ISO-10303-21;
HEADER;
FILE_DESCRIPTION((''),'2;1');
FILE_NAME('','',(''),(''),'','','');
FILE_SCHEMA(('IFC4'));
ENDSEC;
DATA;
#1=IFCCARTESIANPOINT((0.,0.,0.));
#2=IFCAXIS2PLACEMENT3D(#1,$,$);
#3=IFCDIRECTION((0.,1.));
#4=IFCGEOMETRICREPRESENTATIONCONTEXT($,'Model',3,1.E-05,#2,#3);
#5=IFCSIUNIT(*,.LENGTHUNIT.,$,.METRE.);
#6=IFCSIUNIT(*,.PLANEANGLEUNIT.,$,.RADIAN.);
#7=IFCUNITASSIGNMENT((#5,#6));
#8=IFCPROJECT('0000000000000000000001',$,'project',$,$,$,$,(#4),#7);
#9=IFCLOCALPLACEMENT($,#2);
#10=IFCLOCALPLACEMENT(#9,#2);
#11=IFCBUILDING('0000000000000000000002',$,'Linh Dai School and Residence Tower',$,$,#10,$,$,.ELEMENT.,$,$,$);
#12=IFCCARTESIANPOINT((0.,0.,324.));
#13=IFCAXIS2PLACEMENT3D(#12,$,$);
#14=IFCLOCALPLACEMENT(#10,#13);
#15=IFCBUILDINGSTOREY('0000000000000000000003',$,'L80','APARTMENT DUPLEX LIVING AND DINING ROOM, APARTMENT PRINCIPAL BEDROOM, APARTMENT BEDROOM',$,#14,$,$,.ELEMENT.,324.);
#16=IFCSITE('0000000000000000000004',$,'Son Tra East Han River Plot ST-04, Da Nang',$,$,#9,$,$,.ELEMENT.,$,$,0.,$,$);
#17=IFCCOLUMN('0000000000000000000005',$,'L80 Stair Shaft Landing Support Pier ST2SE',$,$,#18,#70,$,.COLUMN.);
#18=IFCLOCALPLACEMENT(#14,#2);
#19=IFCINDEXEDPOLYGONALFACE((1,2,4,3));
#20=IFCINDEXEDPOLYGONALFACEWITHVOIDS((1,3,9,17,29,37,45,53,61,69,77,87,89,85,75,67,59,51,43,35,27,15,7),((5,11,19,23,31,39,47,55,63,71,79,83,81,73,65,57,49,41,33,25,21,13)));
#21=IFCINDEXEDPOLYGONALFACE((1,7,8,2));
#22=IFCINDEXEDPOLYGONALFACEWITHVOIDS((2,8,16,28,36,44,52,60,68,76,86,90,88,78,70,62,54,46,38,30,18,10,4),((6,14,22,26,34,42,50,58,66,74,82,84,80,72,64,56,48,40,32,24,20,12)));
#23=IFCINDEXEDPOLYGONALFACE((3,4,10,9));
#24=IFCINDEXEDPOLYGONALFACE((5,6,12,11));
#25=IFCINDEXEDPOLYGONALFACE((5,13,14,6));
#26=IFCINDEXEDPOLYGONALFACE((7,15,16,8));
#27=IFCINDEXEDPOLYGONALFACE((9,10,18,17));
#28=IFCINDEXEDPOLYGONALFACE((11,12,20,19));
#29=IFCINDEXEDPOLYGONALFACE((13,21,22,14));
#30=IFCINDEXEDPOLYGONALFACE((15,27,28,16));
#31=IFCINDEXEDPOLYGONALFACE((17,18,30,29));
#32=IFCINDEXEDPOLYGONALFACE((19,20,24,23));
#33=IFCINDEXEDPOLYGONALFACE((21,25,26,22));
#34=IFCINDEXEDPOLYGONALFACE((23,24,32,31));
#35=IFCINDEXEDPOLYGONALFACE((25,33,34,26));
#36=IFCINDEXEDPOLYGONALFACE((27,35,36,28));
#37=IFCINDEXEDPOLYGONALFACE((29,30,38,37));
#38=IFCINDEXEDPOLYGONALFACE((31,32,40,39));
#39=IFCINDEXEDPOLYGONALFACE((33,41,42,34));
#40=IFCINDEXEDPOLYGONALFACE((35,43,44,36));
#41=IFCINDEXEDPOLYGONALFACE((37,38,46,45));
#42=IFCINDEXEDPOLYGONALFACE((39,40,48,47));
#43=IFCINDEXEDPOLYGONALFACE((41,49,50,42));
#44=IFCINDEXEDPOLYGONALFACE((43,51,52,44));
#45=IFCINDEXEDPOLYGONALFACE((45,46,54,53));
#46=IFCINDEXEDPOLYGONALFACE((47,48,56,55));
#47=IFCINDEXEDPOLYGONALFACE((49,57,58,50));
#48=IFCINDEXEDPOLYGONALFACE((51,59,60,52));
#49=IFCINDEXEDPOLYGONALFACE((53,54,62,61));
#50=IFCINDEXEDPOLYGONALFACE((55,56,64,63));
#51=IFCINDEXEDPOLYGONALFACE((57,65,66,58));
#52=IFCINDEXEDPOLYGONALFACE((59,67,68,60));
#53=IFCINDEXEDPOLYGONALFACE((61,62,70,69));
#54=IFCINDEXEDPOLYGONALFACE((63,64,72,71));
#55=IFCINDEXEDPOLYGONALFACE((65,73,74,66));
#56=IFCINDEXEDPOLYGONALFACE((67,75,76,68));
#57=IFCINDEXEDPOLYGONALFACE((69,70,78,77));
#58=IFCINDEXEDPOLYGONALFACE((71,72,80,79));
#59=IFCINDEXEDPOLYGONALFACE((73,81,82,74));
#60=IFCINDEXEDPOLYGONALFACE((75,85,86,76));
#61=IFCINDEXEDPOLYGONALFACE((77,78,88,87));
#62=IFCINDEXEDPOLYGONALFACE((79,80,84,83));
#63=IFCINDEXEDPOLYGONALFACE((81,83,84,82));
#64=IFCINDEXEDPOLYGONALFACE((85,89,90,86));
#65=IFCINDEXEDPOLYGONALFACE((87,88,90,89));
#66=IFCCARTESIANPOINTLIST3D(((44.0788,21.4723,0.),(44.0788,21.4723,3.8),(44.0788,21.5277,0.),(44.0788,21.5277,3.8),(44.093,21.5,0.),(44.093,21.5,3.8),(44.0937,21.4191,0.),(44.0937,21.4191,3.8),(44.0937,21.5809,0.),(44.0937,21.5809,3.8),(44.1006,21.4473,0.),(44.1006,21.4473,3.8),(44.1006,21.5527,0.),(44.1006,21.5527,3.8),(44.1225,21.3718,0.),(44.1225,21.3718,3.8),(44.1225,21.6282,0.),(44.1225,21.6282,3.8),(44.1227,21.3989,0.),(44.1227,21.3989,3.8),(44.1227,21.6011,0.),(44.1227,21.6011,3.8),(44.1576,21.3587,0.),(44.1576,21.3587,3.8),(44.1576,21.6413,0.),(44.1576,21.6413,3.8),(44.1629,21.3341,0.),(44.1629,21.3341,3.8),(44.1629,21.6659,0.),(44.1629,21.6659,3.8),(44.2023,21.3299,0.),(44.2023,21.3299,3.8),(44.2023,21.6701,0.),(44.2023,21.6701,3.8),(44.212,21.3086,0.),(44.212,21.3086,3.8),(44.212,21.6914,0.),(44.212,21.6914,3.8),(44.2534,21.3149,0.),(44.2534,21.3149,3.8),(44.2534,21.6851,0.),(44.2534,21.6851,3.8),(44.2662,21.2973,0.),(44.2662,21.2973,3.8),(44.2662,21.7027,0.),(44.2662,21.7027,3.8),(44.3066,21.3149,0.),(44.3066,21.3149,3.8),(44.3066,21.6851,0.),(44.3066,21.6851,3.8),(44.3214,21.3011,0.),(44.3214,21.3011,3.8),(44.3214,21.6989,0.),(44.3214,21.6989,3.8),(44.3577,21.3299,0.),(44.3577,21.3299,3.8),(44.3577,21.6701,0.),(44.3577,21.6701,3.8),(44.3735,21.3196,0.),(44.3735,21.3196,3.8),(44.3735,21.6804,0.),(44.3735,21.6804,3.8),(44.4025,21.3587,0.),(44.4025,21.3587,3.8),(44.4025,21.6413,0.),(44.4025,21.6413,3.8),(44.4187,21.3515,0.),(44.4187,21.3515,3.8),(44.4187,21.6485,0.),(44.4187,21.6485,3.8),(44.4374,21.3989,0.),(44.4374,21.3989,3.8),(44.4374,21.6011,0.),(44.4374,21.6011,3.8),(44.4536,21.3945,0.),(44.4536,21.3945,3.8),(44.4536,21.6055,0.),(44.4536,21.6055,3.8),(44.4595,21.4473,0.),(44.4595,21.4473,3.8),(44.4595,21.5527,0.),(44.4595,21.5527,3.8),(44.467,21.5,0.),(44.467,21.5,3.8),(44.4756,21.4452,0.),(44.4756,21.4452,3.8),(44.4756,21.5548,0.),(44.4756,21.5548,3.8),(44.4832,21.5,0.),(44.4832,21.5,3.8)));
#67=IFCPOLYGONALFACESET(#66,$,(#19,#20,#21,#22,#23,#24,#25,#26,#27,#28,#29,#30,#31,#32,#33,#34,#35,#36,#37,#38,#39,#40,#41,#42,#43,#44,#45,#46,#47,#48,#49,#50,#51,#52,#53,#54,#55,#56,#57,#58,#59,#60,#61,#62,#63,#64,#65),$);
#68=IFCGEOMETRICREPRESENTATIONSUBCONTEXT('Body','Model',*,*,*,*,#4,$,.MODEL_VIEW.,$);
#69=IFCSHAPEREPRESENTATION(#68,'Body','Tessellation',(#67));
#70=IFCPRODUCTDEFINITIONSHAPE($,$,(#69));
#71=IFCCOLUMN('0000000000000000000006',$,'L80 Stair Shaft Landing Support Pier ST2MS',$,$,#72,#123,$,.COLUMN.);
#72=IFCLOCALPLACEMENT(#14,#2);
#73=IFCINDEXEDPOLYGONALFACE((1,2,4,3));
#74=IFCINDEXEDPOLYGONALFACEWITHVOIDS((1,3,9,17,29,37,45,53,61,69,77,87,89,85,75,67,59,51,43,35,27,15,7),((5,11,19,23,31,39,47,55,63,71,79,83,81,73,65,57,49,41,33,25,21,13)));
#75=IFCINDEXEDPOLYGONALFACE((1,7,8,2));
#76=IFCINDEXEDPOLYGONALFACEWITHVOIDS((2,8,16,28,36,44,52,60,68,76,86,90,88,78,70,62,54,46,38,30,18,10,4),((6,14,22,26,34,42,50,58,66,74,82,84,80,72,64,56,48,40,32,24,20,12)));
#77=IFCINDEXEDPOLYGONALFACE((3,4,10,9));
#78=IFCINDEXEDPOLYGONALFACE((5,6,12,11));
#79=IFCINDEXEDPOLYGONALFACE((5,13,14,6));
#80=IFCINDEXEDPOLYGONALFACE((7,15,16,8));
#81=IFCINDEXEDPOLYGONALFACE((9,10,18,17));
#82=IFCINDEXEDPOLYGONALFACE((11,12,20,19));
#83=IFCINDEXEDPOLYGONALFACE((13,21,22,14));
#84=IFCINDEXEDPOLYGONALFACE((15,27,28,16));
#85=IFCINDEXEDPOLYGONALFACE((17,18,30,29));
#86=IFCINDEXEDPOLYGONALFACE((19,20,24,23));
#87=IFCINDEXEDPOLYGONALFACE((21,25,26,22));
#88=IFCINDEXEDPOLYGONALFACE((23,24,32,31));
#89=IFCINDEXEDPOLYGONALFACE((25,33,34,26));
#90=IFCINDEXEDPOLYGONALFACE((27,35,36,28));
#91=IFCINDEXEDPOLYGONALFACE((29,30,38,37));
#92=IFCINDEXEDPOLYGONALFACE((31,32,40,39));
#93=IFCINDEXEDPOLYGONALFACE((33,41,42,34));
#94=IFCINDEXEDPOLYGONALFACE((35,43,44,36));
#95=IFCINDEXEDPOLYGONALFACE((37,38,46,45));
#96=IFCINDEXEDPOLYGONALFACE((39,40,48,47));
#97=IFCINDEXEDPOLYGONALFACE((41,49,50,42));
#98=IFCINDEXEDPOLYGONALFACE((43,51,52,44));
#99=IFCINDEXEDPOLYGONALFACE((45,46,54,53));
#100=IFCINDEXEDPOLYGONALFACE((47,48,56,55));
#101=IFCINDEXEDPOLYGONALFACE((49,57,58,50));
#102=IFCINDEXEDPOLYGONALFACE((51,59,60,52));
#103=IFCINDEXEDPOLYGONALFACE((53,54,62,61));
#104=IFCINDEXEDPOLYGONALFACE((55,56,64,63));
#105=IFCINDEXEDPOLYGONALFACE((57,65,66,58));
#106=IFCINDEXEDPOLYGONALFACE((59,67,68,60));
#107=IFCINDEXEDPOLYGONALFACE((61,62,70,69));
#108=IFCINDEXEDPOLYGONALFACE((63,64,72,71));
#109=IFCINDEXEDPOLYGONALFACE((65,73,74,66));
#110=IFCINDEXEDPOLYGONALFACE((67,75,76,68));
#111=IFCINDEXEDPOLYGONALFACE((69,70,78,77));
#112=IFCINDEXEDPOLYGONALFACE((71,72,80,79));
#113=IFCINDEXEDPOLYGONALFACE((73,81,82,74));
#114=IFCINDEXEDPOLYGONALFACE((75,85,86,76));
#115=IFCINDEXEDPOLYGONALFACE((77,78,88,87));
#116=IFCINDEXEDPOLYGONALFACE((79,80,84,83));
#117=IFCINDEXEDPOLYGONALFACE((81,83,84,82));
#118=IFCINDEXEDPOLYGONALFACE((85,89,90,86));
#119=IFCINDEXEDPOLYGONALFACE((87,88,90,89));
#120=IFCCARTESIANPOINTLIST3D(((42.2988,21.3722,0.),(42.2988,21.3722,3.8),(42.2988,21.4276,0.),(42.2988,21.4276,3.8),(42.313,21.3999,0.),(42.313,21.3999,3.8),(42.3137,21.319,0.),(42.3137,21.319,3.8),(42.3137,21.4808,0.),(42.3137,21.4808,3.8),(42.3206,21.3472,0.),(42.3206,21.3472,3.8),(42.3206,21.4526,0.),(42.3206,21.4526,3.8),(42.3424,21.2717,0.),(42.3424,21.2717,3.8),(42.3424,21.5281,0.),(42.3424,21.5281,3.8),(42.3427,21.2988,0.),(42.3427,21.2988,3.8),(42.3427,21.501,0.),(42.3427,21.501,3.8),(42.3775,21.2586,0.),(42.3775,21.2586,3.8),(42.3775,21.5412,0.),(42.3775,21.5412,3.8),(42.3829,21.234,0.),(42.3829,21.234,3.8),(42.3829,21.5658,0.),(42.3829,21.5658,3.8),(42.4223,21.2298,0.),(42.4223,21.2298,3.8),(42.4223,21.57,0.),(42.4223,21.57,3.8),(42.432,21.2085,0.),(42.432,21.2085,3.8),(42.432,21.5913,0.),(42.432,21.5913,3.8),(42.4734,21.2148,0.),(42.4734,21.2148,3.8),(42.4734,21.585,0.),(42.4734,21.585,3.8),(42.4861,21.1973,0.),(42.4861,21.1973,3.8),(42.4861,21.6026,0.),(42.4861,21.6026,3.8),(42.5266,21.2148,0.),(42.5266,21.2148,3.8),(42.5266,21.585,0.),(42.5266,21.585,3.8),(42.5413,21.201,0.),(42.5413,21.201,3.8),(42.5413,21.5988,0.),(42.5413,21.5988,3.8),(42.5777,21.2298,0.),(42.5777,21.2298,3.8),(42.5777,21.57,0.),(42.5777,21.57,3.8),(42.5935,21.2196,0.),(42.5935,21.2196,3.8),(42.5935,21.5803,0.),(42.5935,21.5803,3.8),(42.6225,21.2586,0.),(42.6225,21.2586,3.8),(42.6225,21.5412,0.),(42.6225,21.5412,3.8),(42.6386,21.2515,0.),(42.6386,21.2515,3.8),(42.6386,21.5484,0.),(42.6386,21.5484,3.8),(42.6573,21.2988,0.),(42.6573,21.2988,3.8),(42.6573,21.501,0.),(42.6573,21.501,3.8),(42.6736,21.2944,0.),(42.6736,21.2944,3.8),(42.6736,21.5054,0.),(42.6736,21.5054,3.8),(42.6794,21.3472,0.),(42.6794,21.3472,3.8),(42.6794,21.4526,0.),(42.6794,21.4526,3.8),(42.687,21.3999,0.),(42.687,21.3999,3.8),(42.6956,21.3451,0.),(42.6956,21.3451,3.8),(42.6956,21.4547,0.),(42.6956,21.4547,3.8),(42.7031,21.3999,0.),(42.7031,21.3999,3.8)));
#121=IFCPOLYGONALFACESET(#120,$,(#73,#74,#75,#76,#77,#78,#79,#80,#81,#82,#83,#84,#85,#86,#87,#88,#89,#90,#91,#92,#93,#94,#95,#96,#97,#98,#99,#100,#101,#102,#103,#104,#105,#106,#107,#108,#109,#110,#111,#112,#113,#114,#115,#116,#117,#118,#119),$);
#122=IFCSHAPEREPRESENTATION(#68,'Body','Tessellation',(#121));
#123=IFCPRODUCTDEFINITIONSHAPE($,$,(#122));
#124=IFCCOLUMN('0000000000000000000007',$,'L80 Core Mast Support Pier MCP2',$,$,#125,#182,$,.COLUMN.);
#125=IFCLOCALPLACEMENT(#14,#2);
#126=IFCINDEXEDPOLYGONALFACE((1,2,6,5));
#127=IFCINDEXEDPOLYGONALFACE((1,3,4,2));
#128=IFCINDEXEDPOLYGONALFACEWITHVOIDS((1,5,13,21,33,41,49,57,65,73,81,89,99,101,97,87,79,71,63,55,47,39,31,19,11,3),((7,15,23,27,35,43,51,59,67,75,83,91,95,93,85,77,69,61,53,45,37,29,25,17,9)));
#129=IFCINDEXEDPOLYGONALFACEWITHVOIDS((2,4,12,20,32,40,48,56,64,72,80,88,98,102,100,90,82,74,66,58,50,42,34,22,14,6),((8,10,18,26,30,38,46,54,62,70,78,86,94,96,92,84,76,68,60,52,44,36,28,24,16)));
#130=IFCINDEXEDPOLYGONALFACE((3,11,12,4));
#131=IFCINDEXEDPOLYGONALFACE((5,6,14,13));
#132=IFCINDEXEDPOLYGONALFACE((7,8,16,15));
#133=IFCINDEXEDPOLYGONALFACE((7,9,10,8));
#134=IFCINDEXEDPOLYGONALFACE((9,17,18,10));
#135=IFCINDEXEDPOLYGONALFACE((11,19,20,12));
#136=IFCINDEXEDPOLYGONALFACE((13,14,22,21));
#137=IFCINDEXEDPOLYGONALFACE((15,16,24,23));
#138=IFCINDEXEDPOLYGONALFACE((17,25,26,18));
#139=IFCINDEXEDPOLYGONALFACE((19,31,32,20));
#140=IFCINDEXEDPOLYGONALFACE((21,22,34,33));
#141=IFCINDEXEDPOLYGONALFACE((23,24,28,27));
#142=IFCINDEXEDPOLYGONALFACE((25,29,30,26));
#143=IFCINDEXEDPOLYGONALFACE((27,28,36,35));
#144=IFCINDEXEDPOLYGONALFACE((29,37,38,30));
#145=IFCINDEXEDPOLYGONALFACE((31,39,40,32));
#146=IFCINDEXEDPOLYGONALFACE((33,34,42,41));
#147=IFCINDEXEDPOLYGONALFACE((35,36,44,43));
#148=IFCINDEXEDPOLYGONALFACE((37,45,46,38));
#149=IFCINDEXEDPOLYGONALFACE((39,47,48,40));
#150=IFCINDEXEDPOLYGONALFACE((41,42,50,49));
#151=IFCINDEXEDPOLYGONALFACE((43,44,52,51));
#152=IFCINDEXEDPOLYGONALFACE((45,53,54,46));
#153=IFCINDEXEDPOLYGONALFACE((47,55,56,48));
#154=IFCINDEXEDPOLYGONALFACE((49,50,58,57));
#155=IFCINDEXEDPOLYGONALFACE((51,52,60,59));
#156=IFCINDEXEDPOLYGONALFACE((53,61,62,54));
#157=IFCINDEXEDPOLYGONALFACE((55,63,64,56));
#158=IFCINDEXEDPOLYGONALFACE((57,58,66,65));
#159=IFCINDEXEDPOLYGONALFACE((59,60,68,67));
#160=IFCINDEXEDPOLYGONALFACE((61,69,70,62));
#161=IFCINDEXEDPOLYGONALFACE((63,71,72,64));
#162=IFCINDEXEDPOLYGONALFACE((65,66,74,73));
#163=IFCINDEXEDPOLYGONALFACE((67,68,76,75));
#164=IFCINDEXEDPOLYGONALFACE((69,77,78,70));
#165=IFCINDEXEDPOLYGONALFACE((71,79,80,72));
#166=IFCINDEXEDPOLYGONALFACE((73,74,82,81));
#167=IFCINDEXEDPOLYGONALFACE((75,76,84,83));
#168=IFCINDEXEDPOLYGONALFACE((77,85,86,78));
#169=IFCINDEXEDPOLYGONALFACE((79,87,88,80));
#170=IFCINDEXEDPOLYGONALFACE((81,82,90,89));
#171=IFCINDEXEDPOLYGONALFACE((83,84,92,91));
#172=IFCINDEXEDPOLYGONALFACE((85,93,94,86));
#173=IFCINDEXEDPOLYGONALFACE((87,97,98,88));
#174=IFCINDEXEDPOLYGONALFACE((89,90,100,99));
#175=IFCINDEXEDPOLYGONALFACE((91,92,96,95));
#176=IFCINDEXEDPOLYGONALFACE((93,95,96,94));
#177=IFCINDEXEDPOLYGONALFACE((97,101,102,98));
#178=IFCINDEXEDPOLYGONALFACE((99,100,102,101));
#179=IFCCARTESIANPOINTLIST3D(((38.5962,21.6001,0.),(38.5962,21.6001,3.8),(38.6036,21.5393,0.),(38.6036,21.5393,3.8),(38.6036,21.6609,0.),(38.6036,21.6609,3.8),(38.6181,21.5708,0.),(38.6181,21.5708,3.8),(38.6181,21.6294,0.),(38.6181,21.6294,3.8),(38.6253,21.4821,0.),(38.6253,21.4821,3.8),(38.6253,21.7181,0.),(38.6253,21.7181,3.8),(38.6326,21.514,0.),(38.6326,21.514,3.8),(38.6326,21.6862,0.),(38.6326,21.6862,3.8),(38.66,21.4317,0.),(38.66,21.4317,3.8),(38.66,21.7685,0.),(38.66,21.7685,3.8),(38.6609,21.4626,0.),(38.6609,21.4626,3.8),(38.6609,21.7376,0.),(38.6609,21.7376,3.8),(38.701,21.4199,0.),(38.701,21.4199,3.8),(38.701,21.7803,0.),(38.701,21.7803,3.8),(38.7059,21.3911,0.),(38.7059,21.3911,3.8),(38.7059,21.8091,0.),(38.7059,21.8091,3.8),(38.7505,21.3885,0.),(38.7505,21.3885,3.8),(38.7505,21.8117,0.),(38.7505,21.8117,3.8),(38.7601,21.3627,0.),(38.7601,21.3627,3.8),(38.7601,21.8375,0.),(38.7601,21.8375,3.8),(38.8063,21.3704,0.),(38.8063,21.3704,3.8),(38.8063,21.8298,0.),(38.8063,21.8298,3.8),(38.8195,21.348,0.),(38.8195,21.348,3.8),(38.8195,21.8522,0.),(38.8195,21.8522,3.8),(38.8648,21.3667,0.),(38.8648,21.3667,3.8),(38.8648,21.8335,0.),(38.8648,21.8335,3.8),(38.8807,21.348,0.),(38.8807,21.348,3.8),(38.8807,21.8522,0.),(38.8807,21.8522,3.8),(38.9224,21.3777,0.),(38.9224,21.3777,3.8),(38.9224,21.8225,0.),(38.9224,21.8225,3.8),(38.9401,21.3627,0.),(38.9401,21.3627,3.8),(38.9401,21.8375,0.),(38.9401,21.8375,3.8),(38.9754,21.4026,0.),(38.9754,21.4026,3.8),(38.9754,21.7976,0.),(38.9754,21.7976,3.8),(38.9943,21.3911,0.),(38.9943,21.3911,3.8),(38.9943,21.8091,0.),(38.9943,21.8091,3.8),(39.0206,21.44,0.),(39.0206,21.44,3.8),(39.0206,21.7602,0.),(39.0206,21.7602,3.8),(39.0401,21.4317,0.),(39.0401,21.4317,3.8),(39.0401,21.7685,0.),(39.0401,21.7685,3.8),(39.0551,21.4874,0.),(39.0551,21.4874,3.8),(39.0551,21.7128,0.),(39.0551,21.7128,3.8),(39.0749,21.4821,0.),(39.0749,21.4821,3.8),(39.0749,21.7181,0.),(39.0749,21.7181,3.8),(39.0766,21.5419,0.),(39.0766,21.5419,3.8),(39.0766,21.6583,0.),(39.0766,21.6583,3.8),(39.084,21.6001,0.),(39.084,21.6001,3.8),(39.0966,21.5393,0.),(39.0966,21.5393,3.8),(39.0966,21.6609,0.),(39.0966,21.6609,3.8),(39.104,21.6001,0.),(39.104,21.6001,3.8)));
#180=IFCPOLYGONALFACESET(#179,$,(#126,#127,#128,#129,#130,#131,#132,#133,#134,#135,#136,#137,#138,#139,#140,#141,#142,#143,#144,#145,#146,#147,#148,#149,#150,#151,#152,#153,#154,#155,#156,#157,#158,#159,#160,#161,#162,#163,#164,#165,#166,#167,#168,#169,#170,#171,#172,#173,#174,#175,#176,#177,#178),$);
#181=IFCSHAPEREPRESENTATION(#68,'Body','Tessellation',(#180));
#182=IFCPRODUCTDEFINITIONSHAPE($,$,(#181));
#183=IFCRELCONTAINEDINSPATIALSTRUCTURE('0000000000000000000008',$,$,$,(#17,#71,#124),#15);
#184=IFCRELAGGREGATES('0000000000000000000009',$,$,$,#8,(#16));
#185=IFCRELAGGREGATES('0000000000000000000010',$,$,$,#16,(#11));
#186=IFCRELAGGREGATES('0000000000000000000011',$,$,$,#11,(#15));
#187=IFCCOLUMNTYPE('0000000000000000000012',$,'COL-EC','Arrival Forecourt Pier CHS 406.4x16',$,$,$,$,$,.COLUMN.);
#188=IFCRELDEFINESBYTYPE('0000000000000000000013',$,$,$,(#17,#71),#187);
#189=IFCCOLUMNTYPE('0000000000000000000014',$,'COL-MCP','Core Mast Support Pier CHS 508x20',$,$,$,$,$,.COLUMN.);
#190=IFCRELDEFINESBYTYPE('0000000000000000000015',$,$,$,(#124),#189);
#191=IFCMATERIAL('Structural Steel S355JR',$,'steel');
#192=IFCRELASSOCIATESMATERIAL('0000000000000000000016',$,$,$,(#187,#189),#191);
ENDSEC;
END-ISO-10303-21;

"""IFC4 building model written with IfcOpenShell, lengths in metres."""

from ifc_helpers import new_model, si_unit, direction, frame, origin, origin_2d, place, context, subcontext, project, spatial, hollow_circle, extrude, material, material_profile, profile_set, type_object, element, save


model = new_model("IFC4")

# Units and contexts
model_context = context("Model", 3, precision=1e-05, world=origin(), true_north=direction((0.0, 1.0)))
body_context = subcontext(model_context, "Body", "Model", "MODEL_VIEW")
ifc_project = project(units=[si_unit("LENGTHUNIT", "METRE"), si_unit("PLANEANGLEUNIT", "RADIAN")], contexts=[model_context])

# Site, building, storey
site_placement = place(None, origin())
site = spatial("IfcSite", under=ifc_project, at=site_placement, Name="Son Tra East Han River Plot ST-04, Da Nang", CompositionType="ELEMENT", RefElevation=0.0)
building_placement = place(site_placement, origin())
building = spatial("IfcBuilding", under=site, at=building_placement, Name="Linh Dai School and Residence Tower", CompositionType="ELEMENT")
storey_placement = place(building_placement, frame((0.0, 0.0, 324.0)))
storey = spatial("IfcBuildingStorey", under=building, at=storey_placement, Name="L80", Description="APARTMENT DUPLEX LIVING AND DINING ROOM, APARTMENT PRINCIPAL BEDROOM, APARTMENT BEDROOM", CompositionType="ELEMENT", Elevation=324.0)

# Columns
ifc_material_1 = material(Name="Structural Steel S355JR", Category="steel")
ifc_material_profile_1 = material_profile(ifc_material_1, hollow_circle(Radius=0.2031, WallThickness=0.0161, at=origin_2d()), Name="CHS 406.4x16")
ifc_profile_set_1 = profile_set([ifc_material_profile_1], Name="Structural Steel S355JR")
column_type_1 = type_object("IfcColumnType", Name="COL-EC", Description="Arrival Forecourt Pier CHS 406.4x16", PredefinedType="COLUMN", material=ifc_profile_set_1)
for number, where, z_axis, x_axis, name in (
    (1, (44.28, 21.5, 0.0), (0.0, 0.0, 1.0), (1.0, 0.0, 0.0), "L80 Stair Shaft Landing Support Pier ST2SE"),
    (2, (42.5, 21.3999, 0.0), (0.0, 0.0, 1.0), (1.0, 0.0, 0.0), "L80 Stair Shaft Landing Support Pier ST2MS"),
):
    element("IfcColumn", number, at=place(storey_placement, frame(where, z_axis=z_axis, x_axis=x_axis)), inside=storey, type_object=column_type_1, Name=name, PredefinedType="COLUMN", context=body_context, shape_type="SweptSolid", body=[
        extrude(hollow_circle(Radius=0.2031, WallThickness=0.0161, at=origin_2d()), origin(), (0.0, 0.0, 1.0), 3.8),
    ])
ifc_material_profile_2 = material_profile(ifc_material_1, hollow_circle(Radius=0.2539, WallThickness=0.02, at=origin_2d()), Name="CHS 508x20")
ifc_profile_set_2 = profile_set([ifc_material_profile_2], Name="Structural Steel S355JR")
column_type_2 = type_object("IfcColumnType", Name="COL-MCP", Description="Core Mast Support Pier CHS 508x20", PredefinedType="COLUMN", material=ifc_profile_set_2)
column_placement = place(storey_placement, frame((38.8501, 21.6001, 0.0), z_axis=(0.0, 0.0, 1.0), x_axis=(1.0, 0.0, 0.0)))
element("IfcColumn", 3, at=column_placement, inside=storey, type_object=column_type_2, Name="L80 Core Mast Support Pier MCP2", PredefinedType="COLUMN", context=body_context, shape_type="SweptSolid", body=[
    extrude(hollow_circle(Radius=0.2539, WallThickness=0.02, at=origin_2d()), origin(), (0.0, 0.0, 1.0), 3.8),
])

save(model, "model.ifc")
